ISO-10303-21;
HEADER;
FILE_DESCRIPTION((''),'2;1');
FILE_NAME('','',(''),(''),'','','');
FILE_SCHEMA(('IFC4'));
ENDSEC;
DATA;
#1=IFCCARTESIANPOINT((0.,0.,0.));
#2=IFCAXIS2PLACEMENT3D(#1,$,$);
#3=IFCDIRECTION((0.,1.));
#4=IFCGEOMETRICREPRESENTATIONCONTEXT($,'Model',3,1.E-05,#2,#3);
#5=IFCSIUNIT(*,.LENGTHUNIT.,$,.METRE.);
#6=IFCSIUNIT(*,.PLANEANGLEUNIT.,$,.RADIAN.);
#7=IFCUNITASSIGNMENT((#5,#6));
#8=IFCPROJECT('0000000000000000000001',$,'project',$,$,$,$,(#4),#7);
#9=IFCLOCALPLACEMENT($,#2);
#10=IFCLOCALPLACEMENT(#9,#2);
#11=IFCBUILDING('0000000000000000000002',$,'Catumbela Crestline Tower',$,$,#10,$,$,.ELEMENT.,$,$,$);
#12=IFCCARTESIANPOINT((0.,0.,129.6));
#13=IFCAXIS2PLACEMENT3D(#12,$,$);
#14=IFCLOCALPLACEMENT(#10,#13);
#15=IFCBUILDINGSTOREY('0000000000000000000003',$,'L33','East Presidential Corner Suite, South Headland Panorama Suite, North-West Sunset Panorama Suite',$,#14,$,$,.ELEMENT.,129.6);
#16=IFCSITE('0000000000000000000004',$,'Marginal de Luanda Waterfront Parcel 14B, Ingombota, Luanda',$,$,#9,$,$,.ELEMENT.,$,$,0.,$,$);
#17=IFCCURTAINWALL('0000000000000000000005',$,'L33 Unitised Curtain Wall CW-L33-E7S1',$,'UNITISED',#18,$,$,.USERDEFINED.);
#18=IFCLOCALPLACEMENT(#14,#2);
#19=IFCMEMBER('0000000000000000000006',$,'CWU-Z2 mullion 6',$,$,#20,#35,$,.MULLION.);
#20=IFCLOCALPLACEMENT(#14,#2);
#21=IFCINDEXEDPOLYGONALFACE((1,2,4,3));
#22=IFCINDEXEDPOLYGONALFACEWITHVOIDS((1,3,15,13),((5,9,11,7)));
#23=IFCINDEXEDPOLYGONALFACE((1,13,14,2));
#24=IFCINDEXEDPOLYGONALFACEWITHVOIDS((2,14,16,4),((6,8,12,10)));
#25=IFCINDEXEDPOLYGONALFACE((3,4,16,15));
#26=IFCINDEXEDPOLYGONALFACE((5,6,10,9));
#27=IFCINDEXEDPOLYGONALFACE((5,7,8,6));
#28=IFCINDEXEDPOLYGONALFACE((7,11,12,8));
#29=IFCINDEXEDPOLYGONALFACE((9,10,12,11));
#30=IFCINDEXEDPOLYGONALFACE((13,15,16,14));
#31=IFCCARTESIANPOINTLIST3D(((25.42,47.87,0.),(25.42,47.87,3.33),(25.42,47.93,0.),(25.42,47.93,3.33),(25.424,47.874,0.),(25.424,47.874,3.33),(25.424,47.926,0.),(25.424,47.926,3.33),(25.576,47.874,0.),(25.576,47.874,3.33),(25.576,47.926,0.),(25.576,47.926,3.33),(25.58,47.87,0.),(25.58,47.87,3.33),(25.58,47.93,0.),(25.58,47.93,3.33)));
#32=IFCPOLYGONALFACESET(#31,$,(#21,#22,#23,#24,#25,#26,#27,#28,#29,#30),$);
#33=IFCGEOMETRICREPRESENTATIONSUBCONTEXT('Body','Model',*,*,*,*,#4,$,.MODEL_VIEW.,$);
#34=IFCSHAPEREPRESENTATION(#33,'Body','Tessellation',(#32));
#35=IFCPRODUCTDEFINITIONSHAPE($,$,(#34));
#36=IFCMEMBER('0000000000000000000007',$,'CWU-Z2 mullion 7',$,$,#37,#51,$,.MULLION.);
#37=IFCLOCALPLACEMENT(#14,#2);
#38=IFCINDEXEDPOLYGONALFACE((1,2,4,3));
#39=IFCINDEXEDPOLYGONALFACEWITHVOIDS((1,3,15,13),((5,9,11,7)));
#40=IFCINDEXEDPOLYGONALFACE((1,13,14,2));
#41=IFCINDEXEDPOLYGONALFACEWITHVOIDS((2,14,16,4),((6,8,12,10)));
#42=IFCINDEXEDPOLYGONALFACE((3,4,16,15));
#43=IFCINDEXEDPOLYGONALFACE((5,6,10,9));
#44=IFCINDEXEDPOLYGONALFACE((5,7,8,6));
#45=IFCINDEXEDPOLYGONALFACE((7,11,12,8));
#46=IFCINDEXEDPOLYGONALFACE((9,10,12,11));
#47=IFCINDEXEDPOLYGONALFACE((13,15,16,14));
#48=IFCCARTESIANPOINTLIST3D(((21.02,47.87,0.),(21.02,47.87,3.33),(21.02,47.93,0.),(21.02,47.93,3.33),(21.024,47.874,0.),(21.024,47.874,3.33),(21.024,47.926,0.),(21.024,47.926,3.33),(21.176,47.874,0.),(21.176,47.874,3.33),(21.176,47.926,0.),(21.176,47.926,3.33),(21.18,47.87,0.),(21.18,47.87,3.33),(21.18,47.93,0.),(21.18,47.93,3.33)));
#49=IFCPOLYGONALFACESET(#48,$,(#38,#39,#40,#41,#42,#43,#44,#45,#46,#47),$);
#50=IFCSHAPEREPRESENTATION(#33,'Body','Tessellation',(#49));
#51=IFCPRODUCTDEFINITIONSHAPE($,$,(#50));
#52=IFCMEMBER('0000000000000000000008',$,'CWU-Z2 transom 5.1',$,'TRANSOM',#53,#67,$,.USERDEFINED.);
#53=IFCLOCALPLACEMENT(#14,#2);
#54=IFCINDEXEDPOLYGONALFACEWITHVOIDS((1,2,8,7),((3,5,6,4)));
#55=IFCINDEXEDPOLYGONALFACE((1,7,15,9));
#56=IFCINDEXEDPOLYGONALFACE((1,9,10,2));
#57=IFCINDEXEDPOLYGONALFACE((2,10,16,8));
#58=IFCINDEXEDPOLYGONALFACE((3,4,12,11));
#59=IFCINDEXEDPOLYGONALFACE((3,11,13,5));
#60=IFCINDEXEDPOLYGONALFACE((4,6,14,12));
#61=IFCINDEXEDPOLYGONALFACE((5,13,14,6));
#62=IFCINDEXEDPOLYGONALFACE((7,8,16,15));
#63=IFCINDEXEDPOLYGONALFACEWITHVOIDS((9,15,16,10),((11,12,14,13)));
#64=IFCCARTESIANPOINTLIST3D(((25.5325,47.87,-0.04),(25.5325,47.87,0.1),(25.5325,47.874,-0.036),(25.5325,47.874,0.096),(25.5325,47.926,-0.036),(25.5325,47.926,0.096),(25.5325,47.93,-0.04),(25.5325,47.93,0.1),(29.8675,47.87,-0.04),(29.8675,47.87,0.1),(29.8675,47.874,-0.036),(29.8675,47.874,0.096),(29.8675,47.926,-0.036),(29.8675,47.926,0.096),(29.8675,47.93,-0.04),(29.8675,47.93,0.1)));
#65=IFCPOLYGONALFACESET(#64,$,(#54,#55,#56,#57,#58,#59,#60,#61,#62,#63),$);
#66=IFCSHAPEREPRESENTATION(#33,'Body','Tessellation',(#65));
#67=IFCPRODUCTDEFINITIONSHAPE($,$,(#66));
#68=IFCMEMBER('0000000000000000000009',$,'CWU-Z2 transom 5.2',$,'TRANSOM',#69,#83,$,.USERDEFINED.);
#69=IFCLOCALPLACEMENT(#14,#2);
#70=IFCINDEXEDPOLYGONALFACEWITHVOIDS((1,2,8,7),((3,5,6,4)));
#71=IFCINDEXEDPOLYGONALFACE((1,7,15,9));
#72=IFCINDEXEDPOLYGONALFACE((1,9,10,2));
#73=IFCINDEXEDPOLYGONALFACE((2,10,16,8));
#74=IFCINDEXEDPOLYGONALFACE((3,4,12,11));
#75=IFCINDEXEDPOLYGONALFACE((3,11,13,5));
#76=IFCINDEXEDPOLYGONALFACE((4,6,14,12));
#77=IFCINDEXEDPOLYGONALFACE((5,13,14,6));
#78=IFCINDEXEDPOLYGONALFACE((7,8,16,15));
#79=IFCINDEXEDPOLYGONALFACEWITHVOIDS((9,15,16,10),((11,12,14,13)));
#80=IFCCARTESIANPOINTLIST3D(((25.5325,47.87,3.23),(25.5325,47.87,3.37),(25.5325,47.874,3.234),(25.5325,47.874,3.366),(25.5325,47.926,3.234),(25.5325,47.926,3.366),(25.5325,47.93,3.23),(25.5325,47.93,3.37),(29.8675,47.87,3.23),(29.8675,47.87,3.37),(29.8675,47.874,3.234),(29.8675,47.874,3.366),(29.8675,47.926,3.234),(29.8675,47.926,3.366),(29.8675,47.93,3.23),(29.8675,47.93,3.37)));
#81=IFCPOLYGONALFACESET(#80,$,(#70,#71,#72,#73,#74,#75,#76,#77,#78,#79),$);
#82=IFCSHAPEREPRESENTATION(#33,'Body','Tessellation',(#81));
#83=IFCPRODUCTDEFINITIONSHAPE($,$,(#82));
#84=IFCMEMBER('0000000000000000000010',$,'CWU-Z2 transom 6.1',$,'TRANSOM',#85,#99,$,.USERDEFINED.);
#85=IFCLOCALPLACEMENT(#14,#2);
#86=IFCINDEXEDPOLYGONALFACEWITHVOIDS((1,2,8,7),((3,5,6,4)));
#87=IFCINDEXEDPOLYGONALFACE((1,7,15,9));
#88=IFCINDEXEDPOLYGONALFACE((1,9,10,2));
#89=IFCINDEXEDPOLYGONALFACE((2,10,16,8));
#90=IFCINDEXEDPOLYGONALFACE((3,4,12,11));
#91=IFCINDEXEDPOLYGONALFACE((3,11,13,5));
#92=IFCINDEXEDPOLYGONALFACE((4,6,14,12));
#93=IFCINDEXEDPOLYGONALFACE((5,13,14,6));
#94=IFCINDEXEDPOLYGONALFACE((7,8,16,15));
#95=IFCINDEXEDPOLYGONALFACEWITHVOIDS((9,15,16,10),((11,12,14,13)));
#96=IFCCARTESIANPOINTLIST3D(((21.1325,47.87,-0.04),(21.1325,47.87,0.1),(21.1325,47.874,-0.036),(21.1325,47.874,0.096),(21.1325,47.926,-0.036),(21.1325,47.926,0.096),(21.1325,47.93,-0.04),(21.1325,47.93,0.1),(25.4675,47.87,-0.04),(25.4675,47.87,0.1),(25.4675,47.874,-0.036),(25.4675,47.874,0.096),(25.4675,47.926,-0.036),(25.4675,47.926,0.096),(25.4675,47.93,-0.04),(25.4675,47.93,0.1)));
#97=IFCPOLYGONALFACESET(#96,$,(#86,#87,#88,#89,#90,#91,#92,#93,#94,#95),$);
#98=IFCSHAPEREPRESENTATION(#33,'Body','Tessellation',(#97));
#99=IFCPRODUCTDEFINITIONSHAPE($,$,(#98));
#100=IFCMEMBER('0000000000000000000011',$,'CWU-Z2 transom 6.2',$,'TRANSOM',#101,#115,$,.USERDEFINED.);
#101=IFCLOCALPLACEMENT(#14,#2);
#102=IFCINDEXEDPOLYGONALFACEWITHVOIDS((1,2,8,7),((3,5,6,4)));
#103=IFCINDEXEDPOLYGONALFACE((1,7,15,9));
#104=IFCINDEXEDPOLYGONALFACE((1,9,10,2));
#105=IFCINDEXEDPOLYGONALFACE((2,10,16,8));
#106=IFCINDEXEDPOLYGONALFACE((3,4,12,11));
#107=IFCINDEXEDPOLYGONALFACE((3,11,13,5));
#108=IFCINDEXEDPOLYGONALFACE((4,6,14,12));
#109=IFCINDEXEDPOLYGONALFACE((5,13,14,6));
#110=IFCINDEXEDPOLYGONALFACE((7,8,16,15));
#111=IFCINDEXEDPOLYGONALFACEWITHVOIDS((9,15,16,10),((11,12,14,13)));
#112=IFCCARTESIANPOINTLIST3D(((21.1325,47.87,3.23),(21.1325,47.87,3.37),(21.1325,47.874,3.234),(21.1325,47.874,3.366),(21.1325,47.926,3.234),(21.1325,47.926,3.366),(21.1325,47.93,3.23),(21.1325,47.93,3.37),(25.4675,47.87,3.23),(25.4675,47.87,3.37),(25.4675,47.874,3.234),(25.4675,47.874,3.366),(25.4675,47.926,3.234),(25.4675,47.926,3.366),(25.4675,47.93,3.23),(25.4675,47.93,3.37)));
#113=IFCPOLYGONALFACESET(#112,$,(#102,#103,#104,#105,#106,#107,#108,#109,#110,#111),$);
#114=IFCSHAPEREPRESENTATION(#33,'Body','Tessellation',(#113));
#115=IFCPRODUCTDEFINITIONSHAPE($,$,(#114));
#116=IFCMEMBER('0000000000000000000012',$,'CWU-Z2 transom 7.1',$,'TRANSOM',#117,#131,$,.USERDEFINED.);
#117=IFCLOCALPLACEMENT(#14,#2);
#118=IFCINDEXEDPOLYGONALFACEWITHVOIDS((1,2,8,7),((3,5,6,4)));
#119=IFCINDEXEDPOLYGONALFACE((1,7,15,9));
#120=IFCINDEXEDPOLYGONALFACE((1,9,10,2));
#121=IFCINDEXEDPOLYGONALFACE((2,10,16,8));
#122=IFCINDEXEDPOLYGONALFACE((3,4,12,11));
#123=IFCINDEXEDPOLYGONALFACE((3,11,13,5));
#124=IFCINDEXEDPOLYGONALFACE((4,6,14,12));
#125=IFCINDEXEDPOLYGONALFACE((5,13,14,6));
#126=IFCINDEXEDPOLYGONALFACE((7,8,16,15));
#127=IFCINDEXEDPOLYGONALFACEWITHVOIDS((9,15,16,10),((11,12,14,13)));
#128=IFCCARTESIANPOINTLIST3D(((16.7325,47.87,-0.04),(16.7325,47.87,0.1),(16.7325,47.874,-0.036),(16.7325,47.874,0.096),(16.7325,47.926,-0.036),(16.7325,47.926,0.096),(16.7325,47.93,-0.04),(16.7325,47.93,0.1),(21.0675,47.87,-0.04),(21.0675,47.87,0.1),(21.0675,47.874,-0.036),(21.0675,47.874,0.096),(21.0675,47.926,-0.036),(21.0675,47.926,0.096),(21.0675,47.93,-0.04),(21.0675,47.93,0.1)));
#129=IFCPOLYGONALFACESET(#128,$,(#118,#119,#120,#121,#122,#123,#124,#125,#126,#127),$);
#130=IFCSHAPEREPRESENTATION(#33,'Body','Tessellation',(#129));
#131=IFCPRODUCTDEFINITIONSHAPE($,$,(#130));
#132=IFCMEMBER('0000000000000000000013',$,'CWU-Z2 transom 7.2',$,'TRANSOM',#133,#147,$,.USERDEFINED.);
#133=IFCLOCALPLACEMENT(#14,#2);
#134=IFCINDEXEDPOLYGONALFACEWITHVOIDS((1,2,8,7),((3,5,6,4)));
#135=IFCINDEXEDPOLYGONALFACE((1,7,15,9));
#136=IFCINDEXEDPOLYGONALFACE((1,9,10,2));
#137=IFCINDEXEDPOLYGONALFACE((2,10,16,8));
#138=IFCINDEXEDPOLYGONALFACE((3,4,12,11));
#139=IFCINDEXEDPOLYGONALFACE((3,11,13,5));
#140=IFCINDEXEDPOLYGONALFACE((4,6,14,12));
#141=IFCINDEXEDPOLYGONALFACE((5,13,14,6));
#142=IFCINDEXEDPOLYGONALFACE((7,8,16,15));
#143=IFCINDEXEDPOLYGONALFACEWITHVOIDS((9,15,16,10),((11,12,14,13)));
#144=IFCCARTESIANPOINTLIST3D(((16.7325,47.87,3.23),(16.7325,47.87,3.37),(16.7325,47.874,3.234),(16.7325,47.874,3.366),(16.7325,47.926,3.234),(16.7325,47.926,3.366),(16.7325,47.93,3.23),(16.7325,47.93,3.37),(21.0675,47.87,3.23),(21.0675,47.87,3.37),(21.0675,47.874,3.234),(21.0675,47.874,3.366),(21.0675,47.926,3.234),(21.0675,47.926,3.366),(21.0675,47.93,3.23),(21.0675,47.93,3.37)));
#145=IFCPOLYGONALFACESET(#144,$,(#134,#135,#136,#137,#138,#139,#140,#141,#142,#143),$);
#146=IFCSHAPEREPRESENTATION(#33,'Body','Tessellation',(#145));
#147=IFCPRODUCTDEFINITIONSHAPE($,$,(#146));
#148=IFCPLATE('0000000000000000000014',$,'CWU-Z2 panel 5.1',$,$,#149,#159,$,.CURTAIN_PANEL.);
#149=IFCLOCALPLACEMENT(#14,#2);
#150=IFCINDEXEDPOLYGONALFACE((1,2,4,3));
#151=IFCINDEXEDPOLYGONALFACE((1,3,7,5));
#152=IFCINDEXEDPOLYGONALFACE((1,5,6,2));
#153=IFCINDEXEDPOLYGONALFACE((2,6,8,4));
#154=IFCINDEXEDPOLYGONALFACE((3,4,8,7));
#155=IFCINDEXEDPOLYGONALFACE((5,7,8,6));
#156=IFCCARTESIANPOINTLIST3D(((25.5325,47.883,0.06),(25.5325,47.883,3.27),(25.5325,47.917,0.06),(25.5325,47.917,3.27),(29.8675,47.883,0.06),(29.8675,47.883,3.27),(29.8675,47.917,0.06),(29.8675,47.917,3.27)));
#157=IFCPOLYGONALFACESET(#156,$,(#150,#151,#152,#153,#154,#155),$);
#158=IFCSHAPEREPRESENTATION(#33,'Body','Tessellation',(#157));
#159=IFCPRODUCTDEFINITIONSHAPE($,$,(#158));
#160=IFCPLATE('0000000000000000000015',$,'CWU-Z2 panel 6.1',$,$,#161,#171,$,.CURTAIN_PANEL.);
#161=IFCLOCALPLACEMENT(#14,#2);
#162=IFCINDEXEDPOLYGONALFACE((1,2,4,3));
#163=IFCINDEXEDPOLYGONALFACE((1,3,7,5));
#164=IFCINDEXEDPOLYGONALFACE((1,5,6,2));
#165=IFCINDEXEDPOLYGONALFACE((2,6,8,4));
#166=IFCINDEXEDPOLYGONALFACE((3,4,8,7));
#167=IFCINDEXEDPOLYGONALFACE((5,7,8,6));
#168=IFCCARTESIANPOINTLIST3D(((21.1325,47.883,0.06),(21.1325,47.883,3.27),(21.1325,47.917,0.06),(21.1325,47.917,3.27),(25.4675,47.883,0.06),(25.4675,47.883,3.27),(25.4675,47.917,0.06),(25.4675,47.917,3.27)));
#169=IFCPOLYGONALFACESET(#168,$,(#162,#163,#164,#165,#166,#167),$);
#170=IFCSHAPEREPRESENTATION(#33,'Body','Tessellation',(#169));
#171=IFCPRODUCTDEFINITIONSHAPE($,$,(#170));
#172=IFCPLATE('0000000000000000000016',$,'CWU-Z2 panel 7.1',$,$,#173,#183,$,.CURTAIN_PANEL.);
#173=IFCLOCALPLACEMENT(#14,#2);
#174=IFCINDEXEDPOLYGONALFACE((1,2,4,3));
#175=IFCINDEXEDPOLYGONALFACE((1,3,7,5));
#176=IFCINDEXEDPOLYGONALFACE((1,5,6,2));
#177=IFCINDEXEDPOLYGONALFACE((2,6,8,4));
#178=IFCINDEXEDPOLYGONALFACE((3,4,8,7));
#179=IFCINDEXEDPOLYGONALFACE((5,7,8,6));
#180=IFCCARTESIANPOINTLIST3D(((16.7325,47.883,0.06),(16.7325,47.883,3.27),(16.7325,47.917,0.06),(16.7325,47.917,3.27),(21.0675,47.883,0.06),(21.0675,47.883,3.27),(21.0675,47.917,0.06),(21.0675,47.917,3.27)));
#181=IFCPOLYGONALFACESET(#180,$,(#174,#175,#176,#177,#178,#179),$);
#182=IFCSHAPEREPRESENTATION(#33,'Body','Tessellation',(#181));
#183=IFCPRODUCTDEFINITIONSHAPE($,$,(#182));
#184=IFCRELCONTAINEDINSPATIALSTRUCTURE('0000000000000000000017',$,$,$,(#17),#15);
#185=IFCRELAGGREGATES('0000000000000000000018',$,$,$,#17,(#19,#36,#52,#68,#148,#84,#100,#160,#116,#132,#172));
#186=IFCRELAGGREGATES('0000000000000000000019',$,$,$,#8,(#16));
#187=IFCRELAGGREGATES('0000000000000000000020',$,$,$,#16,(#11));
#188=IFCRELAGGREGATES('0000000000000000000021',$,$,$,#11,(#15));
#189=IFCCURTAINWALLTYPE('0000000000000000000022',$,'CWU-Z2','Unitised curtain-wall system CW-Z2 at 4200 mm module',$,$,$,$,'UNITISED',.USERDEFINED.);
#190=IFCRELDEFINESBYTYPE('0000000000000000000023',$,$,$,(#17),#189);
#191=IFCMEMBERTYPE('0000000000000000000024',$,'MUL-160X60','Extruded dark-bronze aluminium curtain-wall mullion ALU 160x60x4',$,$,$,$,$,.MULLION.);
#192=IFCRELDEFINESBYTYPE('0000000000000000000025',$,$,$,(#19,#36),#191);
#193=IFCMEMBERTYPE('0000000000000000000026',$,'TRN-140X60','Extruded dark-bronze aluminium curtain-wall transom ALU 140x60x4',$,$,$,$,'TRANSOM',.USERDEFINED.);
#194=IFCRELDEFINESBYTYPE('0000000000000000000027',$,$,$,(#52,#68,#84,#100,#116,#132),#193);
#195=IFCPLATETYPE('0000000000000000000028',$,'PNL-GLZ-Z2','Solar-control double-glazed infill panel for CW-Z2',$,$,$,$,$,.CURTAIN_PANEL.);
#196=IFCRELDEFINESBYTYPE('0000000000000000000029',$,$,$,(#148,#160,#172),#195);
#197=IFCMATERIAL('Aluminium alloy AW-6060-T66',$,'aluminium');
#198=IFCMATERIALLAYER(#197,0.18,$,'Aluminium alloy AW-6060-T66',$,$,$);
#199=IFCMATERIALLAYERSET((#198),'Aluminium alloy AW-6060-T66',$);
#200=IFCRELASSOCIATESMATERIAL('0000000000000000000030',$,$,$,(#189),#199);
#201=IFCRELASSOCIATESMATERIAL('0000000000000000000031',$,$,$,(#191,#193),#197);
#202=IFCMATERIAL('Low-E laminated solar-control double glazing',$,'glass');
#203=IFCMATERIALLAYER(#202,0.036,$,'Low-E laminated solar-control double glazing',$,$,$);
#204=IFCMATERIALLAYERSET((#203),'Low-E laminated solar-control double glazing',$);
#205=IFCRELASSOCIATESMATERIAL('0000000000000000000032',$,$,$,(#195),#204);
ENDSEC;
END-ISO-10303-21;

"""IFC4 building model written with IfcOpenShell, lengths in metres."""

from ifc_helpers import new_model, si_unit, direction, frame, origin, origin_2d, place, context, subcontext, project, spatial, rectangle, hollow_rectangle, extrude, material, layer, layer_set, material_profile, profile_set, type_object, element, aggregate, save


model = new_model("IFC4")

# Units and contexts
model_context = context("Model", 3, precision=1e-05, world=origin(), true_north=direction((0.0, 1.0)))
body_context = subcontext(model_context, "Body", "Model", "MODEL_VIEW")
ifc_project = project(units=[si_unit("LENGTHUNIT", "METRE"), si_unit("PLANEANGLEUNIT", "RADIAN")], contexts=[model_context])

# Site, building, storey
site_placement = place(None, origin())
site = spatial("IfcSite", under=ifc_project, at=site_placement, Name="Marginal de Luanda Waterfront Parcel 14B, Ingombota, Luanda", CompositionType="ELEMENT", RefElevation=0.0)
building_placement = place(site_placement, origin())
building = spatial("IfcBuilding", under=site, at=building_placement, Name="Catumbela Crestline Tower", CompositionType="ELEMENT")
storey_placement = place(building_placement, frame((0.0, 0.0, 129.6)))
storey = spatial("IfcBuildingStorey", under=building, at=storey_placement, Name="L33", Description="East Presidential Corner Suite, South Headland Panorama Suite, North-West Sunset Panorama Suite", CompositionType="ELEMENT", Elevation=129.6)

# Curtain wall, members, plates
ifc_material_1 = material(Name="Aluminium alloy AW-6060-T66", Category="aluminium")
ifc_layer_1 = layer(ifc_material_1, 0.18, Name="Aluminium alloy AW-6060-T66")
ifc_layer_set_1 = layer_set([ifc_layer_1], Name="Aluminium alloy AW-6060-T66")
curtain_wall_type = type_object("IfcCurtainWallType", Name="CWU-Z2", Description="Unitised curtain-wall system CW-Z2 at 4200 mm module", ElementType="UNITISED", PredefinedType="USERDEFINED", material=ifc_layer_set_1)
curtain_wall_placement = place(storey_placement, origin())
curtain_wall = element("IfcCurtainWall", 1, at=curtain_wall_placement, inside=storey, type_object=curtain_wall_type, Name="L33 Unitised Curtain Wall CW-L33-E7S1", ObjectType="UNITISED", PredefinedType="USERDEFINED")
ifc_material_profile_1 = material_profile(ifc_material_1, hollow_rectangle(XDim=0.06, YDim=0.16, WallThickness=0.004, at=origin_2d()), Name="ALU 160x60x4")
ifc_profile_set_1 = profile_set([ifc_material_profile_1], Name="Aluminium alloy AW-6060-T66")
member_type_1 = type_object("IfcMemberType", Name="MUL-160X60", Description="Extruded dark-bronze aluminium curtain-wall mullion ALU 160x60x4", PredefinedType="MULLION", material=ifc_profile_set_1)
member_1_placement = place(storey_placement, frame((25.5, 47.9, 0.0), z_axis=(0.0, 0.0, 1.0), x_axis=(0.0, -1.0, 0.0)))
member_1 = element("IfcMember", 2, at=member_1_placement, type_object=member_type_1, Name="CWU-Z2 mullion 6", PredefinedType="MULLION", context=body_context, shape_type="SweptSolid", body=[
    extrude(hollow_rectangle(XDim=0.06, YDim=0.16, WallThickness=0.004, at=origin_2d()), origin(), (0.0, 0.0, 1.0), 3.33),
])
member_2_placement = place(storey_placement, frame((21.1, 47.9, 0.0), z_axis=(0.0, 0.0, 1.0), x_axis=(0.0, -1.0, 0.0)))
member_2 = element("IfcMember", 3, at=member_2_placement, type_object=member_type_1, Name="CWU-Z2 mullion 7", PredefinedType="MULLION", context=body_context, shape_type="SweptSolid", body=[
    extrude(hollow_rectangle(XDim=0.06, YDim=0.16, WallThickness=0.004, at=origin_2d()), origin(), (0.0, 0.0, 1.0), 3.33),
])
ifc_material_profile_2 = material_profile(ifc_material_1, hollow_rectangle(XDim=0.06, YDim=0.14, WallThickness=0.004, at=origin_2d()), Name="ALU 140x60x4")
ifc_profile_set_2 = profile_set([ifc_material_profile_2], Name="Aluminium alloy AW-6060-T66")
member_type_2 = type_object("IfcMemberType", Name="TRN-140X60", Description="Extruded dark-bronze aluminium curtain-wall transom ALU 140x60x4", ElementType="TRANSOM", PredefinedType="USERDEFINED", material=ifc_profile_set_2)
member_3_placement = place(storey_placement, frame((29.8675, 47.9, 0.03), z_axis=(-1.0, 0.0, 0.0), x_axis=(0.0, -1.0, 0.0)))
member_3 = element("IfcMember", 4, at=member_3_placement, type_object=member_type_2, Name="CWU-Z2 transom 5.1", ObjectType="TRANSOM", PredefinedType="USERDEFINED", context=body_context, shape_type="SweptSolid", body=[
    extrude(hollow_rectangle(XDim=0.06, YDim=0.14, WallThickness=0.004, at=origin_2d()), origin(), (0.0, 0.0, 1.0), 4.335),
])
member_4_placement = place(storey_placement, frame((29.8675, 47.9, 3.3), z_axis=(-1.0, 0.0, 0.0), x_axis=(0.0, -1.0, 0.0)))
member_4 = element("IfcMember", 5, at=member_4_placement, type_object=member_type_2, Name="CWU-Z2 transom 5.2", ObjectType="TRANSOM", PredefinedType="USERDEFINED", context=body_context, shape_type="SweptSolid", body=[
    extrude(hollow_rectangle(XDim=0.06, YDim=0.14, WallThickness=0.004, at=origin_2d()), origin(), (0.0, 0.0, 1.0), 4.335),
])
member_5_placement = place(storey_placement, frame((25.4675, 47.9, 0.03), z_axis=(-1.0, 0.0, 0.0), x_axis=(0.0, -1.0, 0.0)))
member_5 = element("IfcMember", 6, at=member_5_placement, type_object=member_type_2, Name="CWU-Z2 transom 6.1", ObjectType="TRANSOM", PredefinedType="USERDEFINED", context=body_context, shape_type="SweptSolid", body=[
    extrude(hollow_rectangle(XDim=0.06, YDim=0.14, WallThickness=0.004, at=origin_2d()), origin(), (0.0, 0.0, 1.0), 4.335),
])
member_6_placement = place(storey_placement, frame((25.4675, 47.9, 3.3), z_axis=(-1.0, 0.0, 0.0), x_axis=(0.0, -1.0, 0.0)))
member_6 = element("IfcMember", 7, at=member_6_placement, type_object=member_type_2, Name="CWU-Z2 transom 6.2", ObjectType="TRANSOM", PredefinedType="USERDEFINED", context=body_context, shape_type="SweptSolid", body=[
    extrude(hollow_rectangle(XDim=0.06, YDim=0.14, WallThickness=0.004, at=origin_2d()), origin(), (0.0, 0.0, 1.0), 4.335),
])
member_7_placement = place(storey_placement, frame((21.0675, 47.9, 0.03), z_axis=(-1.0, 0.0, 0.0), x_axis=(0.0, -1.0, 0.0)))
member_7 = element("IfcMember", 8, at=member_7_placement, type_object=member_type_2, Name="CWU-Z2 transom 7.1", ObjectType="TRANSOM", PredefinedType="USERDEFINED", context=body_context, shape_type="SweptSolid", body=[
    extrude(hollow_rectangle(XDim=0.06, YDim=0.14, WallThickness=0.004, at=origin_2d()), origin(), (0.0, 0.0, 1.0), 4.335),
])
member_8_placement = place(storey_placement, frame((21.0675, 47.9, 3.3), z_axis=(-1.0, 0.0, 0.0), x_axis=(0.0, -1.0, 0.0)))
member_8 = element("IfcMember", 9, at=member_8_placement, type_object=member_type_2, Name="CWU-Z2 transom 7.2", ObjectType="TRANSOM", PredefinedType="USERDEFINED", context=body_context, shape_type="SweptSolid", body=[
    extrude(hollow_rectangle(XDim=0.06, YDim=0.14, WallThickness=0.004, at=origin_2d()), origin(), (0.0, 0.0, 1.0), 4.335),
])
ifc_material_2 = material(Name="Low-E laminated solar-control double glazing", Category="glass")
ifc_layer_2 = layer(ifc_material_2, 0.036, Name="Low-E laminated solar-control double glazing")
ifc_layer_set_2 = layer_set([ifc_layer_2], Name="Low-E laminated solar-control double glazing")
plate_type = type_object("IfcPlateType", Name="PNL-GLZ-Z2", Description="Solar-control double-glazed infill panel for CW-Z2", PredefinedType="CURTAIN_PANEL", material=ifc_layer_set_2)
plate_1_placement = place(storey_placement, frame((27.7, 47.9, 0.06), z_axis=(0.0, 0.0, 1.0), x_axis=(-1.0, 0.0, 0.0)))
plate_1 = element("IfcPlate", 10, at=plate_1_placement, type_object=plate_type, Name="CWU-Z2 panel 5.1", PredefinedType="CURTAIN_PANEL", context=body_context, shape_type="SweptSolid", body=[
    extrude(rectangle(XDim=4.335, YDim=0.034, at=origin_2d()), origin(), (0.0, 0.0, 1.0), 3.21),
])
plate_2_placement = place(storey_placement, frame((23.3, 47.9, 0.06), z_axis=(0.0, 0.0, 1.0), x_axis=(-1.0, 0.0, 0.0)))
plate_2 = element("IfcPlate", 11, at=plate_2_placement, type_object=plate_type, Name="CWU-Z2 panel 6.1", PredefinedType="CURTAIN_PANEL", context=body_context, shape_type="SweptSolid", body=[
    extrude(rectangle(XDim=4.335, YDim=0.034, at=origin_2d()), origin(), (0.0, 0.0, 1.0), 3.21),
])
plate_3_placement = place(storey_placement, frame((18.9, 47.9, 0.06), z_axis=(0.0, 0.0, 1.0), x_axis=(-1.0, 0.0, 0.0)))
plate_3 = element("IfcPlate", 12, at=plate_3_placement, type_object=plate_type, Name="CWU-Z2 panel 7.1", PredefinedType="CURTAIN_PANEL", context=body_context, shape_type="SweptSolid", body=[
    extrude(rectangle(XDim=4.335, YDim=0.034, at=origin_2d()), origin(), (0.0, 0.0, 1.0), 3.21),
])
aggregate(curtain_wall, [member_1, member_2, member_3, member_4, plate_1, member_5, member_6, plate_2, member_7, member_8, plate_3])

save(model, "model.ifc")
